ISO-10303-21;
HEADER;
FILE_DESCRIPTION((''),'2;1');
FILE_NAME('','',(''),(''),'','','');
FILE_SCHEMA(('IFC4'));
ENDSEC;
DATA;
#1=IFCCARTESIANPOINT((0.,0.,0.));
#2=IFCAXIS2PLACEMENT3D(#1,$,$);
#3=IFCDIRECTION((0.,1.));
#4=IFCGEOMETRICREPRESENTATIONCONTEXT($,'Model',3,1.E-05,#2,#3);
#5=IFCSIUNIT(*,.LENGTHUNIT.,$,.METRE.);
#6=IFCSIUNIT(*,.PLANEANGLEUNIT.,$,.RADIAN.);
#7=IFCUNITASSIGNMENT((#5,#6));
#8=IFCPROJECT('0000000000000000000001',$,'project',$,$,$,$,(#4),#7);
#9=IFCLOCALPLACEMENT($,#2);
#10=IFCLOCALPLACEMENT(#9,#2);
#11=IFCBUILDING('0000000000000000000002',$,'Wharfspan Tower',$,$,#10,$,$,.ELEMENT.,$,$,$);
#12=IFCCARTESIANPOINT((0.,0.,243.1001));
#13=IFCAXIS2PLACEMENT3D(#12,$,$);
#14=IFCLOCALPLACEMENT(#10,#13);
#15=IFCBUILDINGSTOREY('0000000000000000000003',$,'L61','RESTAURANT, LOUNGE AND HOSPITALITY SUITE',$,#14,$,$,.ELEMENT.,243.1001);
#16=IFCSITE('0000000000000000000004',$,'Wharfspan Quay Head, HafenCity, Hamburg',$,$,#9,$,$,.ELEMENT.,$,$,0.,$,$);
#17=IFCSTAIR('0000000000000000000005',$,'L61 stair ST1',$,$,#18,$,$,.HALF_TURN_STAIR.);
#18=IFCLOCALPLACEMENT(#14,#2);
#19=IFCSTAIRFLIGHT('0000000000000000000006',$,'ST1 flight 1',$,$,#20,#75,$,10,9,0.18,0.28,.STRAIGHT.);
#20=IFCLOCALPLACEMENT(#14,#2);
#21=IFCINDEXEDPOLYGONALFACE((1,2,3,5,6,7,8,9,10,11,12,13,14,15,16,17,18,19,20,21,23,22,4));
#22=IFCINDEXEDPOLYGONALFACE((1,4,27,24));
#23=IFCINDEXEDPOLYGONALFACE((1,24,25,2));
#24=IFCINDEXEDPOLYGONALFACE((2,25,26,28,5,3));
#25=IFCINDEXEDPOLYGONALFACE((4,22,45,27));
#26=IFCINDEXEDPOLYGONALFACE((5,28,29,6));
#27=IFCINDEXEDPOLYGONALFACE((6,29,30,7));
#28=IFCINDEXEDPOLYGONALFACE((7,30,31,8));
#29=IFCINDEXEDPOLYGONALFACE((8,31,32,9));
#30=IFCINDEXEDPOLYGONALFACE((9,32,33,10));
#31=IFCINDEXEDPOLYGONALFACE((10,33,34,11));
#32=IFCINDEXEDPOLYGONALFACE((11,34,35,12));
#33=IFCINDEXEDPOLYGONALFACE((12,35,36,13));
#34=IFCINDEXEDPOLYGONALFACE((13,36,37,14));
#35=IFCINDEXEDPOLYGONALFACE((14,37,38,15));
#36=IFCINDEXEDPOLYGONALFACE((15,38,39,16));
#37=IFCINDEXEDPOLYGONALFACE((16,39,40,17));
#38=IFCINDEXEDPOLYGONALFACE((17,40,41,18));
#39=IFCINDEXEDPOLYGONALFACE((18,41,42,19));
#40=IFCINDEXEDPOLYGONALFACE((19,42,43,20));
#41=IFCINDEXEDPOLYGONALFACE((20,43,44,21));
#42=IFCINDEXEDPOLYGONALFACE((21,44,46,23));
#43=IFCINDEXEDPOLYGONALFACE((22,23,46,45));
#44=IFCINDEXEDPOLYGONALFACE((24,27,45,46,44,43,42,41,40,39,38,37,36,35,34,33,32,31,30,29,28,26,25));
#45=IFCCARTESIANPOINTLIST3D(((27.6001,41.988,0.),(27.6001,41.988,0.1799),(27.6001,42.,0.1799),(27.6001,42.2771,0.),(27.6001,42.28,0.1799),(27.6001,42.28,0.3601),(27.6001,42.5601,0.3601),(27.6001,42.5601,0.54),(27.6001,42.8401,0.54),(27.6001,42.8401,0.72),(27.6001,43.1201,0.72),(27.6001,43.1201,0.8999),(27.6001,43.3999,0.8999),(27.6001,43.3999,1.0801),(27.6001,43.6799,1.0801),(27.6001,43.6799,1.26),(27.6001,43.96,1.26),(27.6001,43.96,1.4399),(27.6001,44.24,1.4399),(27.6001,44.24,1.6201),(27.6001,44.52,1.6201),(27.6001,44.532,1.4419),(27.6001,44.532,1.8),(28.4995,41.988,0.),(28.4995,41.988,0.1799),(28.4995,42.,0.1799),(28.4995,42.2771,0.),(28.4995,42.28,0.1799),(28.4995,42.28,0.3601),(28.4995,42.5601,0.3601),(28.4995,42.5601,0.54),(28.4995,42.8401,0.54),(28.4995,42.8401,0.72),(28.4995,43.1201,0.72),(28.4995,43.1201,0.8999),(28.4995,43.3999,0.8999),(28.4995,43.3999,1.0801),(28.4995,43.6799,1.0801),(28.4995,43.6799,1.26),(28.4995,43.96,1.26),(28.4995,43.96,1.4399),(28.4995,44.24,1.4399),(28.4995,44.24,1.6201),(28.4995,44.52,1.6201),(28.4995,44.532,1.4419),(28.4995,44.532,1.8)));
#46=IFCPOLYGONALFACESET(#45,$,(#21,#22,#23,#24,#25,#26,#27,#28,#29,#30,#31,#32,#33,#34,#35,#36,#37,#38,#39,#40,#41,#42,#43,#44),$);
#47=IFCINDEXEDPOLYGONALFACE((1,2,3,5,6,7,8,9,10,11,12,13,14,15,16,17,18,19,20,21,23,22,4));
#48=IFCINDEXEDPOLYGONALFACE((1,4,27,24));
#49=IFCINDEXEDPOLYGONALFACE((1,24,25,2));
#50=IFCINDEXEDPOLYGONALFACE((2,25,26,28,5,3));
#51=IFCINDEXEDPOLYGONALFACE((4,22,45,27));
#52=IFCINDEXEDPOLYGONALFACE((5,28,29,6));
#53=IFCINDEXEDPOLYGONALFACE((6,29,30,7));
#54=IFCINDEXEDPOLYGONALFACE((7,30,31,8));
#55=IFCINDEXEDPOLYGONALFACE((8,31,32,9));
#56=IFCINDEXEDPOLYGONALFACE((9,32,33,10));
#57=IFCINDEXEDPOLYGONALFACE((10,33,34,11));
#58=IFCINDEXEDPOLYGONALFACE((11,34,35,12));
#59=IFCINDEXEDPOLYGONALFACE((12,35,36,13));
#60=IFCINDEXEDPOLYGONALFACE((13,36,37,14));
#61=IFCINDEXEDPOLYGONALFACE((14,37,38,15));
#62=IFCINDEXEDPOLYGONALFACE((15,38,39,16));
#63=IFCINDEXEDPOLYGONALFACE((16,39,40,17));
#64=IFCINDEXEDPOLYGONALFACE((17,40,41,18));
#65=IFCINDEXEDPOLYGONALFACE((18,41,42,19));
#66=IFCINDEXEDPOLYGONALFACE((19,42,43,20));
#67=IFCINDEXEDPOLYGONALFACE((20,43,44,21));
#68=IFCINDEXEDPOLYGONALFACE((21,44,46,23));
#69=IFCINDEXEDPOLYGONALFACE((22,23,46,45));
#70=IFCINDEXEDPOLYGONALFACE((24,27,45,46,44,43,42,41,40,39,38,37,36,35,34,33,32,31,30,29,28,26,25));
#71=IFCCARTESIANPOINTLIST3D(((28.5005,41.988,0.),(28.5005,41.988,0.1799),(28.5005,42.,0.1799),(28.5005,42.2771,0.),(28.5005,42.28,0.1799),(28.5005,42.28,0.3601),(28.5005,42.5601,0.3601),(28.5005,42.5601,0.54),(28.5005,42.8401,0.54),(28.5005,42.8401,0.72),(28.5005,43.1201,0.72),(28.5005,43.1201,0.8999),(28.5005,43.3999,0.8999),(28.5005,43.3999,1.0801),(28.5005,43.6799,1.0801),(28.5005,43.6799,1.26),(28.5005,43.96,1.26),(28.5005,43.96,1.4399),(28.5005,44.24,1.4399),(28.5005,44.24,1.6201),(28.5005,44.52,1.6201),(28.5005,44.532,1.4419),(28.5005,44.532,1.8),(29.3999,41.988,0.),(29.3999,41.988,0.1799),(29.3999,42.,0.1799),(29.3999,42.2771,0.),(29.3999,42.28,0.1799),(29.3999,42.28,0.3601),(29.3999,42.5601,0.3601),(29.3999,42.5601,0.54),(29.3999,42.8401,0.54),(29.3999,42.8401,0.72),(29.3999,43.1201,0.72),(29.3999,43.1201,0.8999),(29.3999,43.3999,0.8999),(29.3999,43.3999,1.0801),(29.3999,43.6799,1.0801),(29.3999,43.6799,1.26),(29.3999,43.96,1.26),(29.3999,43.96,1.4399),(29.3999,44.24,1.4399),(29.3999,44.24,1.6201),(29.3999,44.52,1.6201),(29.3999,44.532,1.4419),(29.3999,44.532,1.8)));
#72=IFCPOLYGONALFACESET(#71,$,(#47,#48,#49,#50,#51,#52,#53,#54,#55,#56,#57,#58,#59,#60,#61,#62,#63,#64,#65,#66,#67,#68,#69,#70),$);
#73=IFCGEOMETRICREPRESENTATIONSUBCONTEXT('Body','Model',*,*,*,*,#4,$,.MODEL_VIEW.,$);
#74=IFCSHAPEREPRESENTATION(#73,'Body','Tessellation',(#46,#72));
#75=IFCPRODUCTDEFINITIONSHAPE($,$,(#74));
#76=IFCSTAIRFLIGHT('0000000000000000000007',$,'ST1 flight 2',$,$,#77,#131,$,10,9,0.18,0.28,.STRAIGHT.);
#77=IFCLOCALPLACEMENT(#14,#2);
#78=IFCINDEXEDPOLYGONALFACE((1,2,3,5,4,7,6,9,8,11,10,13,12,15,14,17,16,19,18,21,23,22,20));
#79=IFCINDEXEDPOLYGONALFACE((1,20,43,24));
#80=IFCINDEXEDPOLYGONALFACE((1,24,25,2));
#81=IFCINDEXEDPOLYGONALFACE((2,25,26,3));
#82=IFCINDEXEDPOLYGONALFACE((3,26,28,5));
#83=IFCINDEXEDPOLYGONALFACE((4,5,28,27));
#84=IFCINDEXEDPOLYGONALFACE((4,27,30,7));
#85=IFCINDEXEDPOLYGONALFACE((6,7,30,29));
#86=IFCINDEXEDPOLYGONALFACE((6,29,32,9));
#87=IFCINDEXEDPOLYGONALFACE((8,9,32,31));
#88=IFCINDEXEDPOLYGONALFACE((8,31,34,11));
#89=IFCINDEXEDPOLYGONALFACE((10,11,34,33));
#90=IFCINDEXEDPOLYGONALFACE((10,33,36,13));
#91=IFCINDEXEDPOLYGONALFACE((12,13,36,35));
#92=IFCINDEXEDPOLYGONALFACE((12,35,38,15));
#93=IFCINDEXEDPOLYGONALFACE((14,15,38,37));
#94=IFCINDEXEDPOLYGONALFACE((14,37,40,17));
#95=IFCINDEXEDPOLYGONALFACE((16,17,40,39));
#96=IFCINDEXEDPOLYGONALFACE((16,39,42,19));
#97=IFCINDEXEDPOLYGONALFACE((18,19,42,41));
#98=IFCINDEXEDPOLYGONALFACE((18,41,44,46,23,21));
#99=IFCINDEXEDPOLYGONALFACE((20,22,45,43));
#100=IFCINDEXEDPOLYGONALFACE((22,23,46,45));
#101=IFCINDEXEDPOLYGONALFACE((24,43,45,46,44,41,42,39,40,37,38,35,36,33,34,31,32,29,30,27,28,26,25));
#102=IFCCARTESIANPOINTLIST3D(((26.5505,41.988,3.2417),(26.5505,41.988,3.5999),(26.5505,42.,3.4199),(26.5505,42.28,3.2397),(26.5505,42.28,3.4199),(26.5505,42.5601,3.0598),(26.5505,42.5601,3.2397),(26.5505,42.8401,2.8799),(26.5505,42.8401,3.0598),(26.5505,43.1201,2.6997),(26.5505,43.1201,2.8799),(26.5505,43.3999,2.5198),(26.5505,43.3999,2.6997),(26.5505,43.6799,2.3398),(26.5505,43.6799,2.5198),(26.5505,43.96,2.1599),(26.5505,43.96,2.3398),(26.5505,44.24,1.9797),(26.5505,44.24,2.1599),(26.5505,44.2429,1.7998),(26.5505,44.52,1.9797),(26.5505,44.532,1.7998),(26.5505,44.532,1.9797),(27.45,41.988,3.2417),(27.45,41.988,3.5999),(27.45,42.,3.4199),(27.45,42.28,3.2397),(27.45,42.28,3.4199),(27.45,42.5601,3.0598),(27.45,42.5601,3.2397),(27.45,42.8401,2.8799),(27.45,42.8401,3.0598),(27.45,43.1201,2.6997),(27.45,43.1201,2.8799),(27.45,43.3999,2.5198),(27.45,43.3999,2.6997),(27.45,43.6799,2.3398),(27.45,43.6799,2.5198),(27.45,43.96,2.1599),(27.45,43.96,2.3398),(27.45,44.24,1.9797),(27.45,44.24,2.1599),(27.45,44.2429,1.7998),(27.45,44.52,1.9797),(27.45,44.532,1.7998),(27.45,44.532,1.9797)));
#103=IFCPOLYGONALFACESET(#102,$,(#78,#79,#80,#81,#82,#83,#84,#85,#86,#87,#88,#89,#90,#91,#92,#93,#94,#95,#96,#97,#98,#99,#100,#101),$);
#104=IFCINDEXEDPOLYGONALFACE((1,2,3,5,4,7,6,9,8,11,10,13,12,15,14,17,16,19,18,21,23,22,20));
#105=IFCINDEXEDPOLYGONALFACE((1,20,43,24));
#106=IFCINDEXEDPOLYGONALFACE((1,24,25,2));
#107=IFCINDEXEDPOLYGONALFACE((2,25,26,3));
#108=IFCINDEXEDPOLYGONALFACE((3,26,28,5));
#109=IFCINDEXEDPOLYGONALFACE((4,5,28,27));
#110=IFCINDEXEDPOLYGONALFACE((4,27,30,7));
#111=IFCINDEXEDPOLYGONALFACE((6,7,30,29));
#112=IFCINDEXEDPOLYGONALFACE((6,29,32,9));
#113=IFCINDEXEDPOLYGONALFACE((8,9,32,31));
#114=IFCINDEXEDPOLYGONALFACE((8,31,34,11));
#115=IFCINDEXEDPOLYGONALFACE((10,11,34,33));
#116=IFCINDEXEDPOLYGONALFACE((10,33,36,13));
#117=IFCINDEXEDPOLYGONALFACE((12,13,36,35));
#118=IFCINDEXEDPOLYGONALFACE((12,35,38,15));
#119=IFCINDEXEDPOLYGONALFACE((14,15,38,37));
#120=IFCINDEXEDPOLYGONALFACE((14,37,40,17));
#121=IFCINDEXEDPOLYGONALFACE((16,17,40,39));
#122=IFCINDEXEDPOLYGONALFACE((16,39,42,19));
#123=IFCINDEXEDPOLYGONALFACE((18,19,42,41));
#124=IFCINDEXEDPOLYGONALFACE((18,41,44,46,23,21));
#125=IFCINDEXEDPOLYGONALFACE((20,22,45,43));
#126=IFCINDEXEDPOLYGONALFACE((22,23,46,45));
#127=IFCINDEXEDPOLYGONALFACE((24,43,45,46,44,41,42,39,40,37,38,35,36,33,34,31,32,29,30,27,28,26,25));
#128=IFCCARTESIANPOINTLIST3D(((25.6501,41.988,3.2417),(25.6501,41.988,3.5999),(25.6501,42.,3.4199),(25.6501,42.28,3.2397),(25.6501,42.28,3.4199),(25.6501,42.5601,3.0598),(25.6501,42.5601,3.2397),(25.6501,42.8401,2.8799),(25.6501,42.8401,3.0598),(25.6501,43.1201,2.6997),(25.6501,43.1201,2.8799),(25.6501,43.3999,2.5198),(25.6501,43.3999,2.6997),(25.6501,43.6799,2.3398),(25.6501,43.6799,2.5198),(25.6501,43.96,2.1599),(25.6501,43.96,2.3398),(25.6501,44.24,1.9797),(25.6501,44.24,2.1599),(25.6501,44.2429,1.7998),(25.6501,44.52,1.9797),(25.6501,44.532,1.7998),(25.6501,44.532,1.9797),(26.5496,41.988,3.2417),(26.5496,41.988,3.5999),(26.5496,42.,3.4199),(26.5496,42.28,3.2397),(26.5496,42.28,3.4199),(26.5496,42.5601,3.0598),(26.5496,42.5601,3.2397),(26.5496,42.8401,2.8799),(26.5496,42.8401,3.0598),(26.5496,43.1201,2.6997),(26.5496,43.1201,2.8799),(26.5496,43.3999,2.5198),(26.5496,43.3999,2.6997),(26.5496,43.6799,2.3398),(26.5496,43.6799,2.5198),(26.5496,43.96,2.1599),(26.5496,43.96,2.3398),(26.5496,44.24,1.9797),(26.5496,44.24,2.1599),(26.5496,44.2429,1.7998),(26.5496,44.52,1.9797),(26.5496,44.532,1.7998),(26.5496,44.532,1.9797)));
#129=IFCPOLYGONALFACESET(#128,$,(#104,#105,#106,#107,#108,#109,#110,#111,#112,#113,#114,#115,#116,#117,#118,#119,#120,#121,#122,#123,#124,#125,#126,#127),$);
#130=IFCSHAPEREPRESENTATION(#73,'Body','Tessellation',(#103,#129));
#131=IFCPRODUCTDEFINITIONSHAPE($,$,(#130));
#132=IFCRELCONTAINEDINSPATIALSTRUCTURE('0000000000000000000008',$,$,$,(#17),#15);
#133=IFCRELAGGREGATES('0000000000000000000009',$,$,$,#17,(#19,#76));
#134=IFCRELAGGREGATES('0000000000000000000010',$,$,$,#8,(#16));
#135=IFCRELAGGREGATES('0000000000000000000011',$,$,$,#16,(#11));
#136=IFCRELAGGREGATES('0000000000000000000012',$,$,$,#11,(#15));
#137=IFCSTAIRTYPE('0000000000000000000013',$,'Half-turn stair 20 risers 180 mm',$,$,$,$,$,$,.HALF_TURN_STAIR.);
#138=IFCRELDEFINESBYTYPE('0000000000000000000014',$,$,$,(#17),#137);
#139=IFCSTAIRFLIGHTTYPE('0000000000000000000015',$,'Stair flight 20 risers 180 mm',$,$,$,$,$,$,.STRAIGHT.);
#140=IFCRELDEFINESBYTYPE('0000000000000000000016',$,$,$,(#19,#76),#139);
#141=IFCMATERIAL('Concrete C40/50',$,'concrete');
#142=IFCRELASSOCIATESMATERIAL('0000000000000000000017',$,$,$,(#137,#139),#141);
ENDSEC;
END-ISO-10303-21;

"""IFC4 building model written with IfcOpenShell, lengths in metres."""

from ifc_helpers import new_model, si_unit, direction, frame, origin, place, context, subcontext, project, spatial, polyline, outline, extrude, material, type_object, element, aggregate, save


model = new_model("IFC4")

# Units and contexts
model_context = context("Model", 3, precision=1e-05, world=origin(), true_north=direction((0.0, 1.0)))
body_context = subcontext(model_context, "Body", "Model", "MODEL_VIEW")
ifc_project = project(units=[si_unit("LENGTHUNIT", "METRE"), si_unit("PLANEANGLEUNIT", "RADIAN")], contexts=[model_context])

# Site, building, storey
site_placement = place(None, origin())
site = spatial("IfcSite", under=ifc_project, at=site_placement, Name="Wharfspan Quay Head, HafenCity, Hamburg", CompositionType="ELEMENT", RefElevation=0.0)
building_placement = place(site_placement, origin())
building = spatial("IfcBuilding", under=site, at=building_placement, Name="Wharfspan Tower", CompositionType="ELEMENT")
storey_placement = place(building_placement, frame((0.0, 0.0, 243.1001)))
storey = spatial("IfcBuildingStorey", under=building, at=storey_placement, Name="L61", Description="RESTAURANT, LOUNGE AND HOSPITALITY SUITE", CompositionType="ELEMENT", Elevation=243.1001)

# Shared definitions
ifc_material_1 = material(Name="Concrete C40/50", Category="concrete")

# Stair, stair flights
stair_type = type_object("IfcStairType", Name="Half-turn stair 20 risers 180 mm", PredefinedType="HALF_TURN_STAIR", material=ifc_material_1)
stair_placement = place(storey_placement, origin())
stair = element("IfcStair", 1, at=stair_placement, inside=storey, type_object=stair_type, Name="L61 stair ST1", PredefinedType="HALF_TURN_STAIR")
stair_flight_type = type_object("IfcStairFlightType", Name="Stair flight 20 risers 180 mm", PredefinedType="STRAIGHT", material=ifc_material_1)
stair_flight_1_placement = place(storey_placement, frame((28.5, 42.0, 0.0), z_axis=(0.0, 0.0, 1.0), x_axis=(0.0, 1.0, 0.0)))
stair_flight_1 = element("IfcStairFlight", 2, at=stair_flight_1_placement, type_object=stair_flight_type, Name="ST1 flight 1", NumberOfRisers=10, NumberOfTreads=9, PredefinedType="STRAIGHT", RiserHeight=0.18, TreadLength=0.28, context=body_context, shape_type="SweptSolid", body=[
    extrude(outline(polyline([(-0.012, 0.0), (-0.012, 0.1799), (0.0, 0.1799), (0.28, 0.1799), (0.28, 0.3601), (0.5601, 0.3601), (0.5601, 0.54), (0.8401, 0.54), (0.8401, 0.72), (1.1201, 0.72), (1.1201, 0.8999), (1.3999, 0.8999), (1.3999, 1.0801), (1.6799, 1.0801), (1.6799, 1.26), (1.96, 1.26), (1.96, 1.4399), (2.24, 1.4399), (2.24, 1.6201), (2.52, 1.6201), (2.532, 1.8), (2.532, 1.4419), (0.2771, 0.0), (-0.012, 0.0)])), frame((0.0, 0.8999, 0.0), z_axis=(0.0, -1.0, 0.0), x_axis=(1.0, 0.0, 0.0)), (0.0, 0.0, 1.0), 0.8994),
    extrude(outline(polyline([(-0.012, 0.0), (-0.012, 0.1799), (0.0, 0.1799), (0.28, 0.1799), (0.28, 0.3601), (0.5601, 0.3601), (0.5601, 0.54), (0.8401, 0.54), (0.8401, 0.72), (1.1201, 0.72), (1.1201, 0.8999), (1.3999, 0.8999), (1.3999, 1.0801), (1.6799, 1.0801), (1.6799, 1.26), (1.96, 1.26), (1.96, 1.4399), (2.24, 1.4399), (2.24, 1.6201), (2.52, 1.6201), (2.532, 1.8), (2.532, 1.4419), (0.2771, 0.0), (-0.012, 0.0)])), frame((0.0, -0.0005, 0.0), z_axis=(0.0, -1.0, 0.0), x_axis=(1.0, 0.0, 0.0)), (0.0, 0.0, 1.0), 0.8994),
])
stair_flight_2_placement = place(storey_placement, frame((26.55, 44.52, 1.7998), z_axis=(0.0, 0.0, 1.0), x_axis=(0.0, -1.0, 0.0)))
stair_flight_2 = element("IfcStairFlight", 3, at=stair_flight_2_placement, type_object=stair_flight_type, Name="ST1 flight 2", NumberOfRisers=10, NumberOfTreads=9, PredefinedType="STRAIGHT", RiserHeight=0.18, TreadLength=0.28, context=body_context, shape_type="SweptSolid", body=[
    extrude(outline(polyline([(-0.012, 0.0), (-0.012, 0.1799), (0.0, 0.1799), (0.28, 0.1799), (0.28, 0.3601), (0.5601, 0.3601), (0.5601, 0.54), (0.8401, 0.54), (0.8401, 0.72), (1.1201, 0.72), (1.1201, 0.8999), (1.3999, 0.8999), (1.3999, 1.0801), (1.6799, 1.0801), (1.6799, 1.26), (1.96, 1.26), (1.96, 1.4399), (2.24, 1.4399), (2.24, 1.6201), (2.52, 1.6201), (2.532, 1.8), (2.532, 1.4419), (0.2771, 0.0), (-0.012, 0.0)])), frame((0.0, 0.8999, 0.0), z_axis=(0.0, -1.0, 0.0), x_axis=(1.0, 0.0, 0.0)), (0.0, 0.0, 1.0), 0.8994),
    extrude(outline(polyline([(-0.012, 0.0), (-0.012, 0.1799), (0.0, 0.1799), (0.28, 0.1799), (0.28, 0.3601), (0.5601, 0.3601), (0.5601, 0.54), (0.8401, 0.54), (0.8401, 0.72), (1.1201, 0.72), (1.1201, 0.8999), (1.3999, 0.8999), (1.3999, 1.0801), (1.6799, 1.0801), (1.6799, 1.26), (1.96, 1.26), (1.96, 1.4399), (2.24, 1.4399), (2.24, 1.6201), (2.52, 1.6201), (2.532, 1.8), (2.532, 1.4419), (0.2771, 0.0), (-0.012, 0.0)])), frame((0.0, -0.0005, 0.0), z_axis=(0.0, -1.0, 0.0), x_axis=(1.0, 0.0, 0.0)), (0.0, 0.0, 1.0), 0.8994),
])
aggregate(stair, [stair_flight_1, stair_flight_2])

save(model, "model.ifc")
